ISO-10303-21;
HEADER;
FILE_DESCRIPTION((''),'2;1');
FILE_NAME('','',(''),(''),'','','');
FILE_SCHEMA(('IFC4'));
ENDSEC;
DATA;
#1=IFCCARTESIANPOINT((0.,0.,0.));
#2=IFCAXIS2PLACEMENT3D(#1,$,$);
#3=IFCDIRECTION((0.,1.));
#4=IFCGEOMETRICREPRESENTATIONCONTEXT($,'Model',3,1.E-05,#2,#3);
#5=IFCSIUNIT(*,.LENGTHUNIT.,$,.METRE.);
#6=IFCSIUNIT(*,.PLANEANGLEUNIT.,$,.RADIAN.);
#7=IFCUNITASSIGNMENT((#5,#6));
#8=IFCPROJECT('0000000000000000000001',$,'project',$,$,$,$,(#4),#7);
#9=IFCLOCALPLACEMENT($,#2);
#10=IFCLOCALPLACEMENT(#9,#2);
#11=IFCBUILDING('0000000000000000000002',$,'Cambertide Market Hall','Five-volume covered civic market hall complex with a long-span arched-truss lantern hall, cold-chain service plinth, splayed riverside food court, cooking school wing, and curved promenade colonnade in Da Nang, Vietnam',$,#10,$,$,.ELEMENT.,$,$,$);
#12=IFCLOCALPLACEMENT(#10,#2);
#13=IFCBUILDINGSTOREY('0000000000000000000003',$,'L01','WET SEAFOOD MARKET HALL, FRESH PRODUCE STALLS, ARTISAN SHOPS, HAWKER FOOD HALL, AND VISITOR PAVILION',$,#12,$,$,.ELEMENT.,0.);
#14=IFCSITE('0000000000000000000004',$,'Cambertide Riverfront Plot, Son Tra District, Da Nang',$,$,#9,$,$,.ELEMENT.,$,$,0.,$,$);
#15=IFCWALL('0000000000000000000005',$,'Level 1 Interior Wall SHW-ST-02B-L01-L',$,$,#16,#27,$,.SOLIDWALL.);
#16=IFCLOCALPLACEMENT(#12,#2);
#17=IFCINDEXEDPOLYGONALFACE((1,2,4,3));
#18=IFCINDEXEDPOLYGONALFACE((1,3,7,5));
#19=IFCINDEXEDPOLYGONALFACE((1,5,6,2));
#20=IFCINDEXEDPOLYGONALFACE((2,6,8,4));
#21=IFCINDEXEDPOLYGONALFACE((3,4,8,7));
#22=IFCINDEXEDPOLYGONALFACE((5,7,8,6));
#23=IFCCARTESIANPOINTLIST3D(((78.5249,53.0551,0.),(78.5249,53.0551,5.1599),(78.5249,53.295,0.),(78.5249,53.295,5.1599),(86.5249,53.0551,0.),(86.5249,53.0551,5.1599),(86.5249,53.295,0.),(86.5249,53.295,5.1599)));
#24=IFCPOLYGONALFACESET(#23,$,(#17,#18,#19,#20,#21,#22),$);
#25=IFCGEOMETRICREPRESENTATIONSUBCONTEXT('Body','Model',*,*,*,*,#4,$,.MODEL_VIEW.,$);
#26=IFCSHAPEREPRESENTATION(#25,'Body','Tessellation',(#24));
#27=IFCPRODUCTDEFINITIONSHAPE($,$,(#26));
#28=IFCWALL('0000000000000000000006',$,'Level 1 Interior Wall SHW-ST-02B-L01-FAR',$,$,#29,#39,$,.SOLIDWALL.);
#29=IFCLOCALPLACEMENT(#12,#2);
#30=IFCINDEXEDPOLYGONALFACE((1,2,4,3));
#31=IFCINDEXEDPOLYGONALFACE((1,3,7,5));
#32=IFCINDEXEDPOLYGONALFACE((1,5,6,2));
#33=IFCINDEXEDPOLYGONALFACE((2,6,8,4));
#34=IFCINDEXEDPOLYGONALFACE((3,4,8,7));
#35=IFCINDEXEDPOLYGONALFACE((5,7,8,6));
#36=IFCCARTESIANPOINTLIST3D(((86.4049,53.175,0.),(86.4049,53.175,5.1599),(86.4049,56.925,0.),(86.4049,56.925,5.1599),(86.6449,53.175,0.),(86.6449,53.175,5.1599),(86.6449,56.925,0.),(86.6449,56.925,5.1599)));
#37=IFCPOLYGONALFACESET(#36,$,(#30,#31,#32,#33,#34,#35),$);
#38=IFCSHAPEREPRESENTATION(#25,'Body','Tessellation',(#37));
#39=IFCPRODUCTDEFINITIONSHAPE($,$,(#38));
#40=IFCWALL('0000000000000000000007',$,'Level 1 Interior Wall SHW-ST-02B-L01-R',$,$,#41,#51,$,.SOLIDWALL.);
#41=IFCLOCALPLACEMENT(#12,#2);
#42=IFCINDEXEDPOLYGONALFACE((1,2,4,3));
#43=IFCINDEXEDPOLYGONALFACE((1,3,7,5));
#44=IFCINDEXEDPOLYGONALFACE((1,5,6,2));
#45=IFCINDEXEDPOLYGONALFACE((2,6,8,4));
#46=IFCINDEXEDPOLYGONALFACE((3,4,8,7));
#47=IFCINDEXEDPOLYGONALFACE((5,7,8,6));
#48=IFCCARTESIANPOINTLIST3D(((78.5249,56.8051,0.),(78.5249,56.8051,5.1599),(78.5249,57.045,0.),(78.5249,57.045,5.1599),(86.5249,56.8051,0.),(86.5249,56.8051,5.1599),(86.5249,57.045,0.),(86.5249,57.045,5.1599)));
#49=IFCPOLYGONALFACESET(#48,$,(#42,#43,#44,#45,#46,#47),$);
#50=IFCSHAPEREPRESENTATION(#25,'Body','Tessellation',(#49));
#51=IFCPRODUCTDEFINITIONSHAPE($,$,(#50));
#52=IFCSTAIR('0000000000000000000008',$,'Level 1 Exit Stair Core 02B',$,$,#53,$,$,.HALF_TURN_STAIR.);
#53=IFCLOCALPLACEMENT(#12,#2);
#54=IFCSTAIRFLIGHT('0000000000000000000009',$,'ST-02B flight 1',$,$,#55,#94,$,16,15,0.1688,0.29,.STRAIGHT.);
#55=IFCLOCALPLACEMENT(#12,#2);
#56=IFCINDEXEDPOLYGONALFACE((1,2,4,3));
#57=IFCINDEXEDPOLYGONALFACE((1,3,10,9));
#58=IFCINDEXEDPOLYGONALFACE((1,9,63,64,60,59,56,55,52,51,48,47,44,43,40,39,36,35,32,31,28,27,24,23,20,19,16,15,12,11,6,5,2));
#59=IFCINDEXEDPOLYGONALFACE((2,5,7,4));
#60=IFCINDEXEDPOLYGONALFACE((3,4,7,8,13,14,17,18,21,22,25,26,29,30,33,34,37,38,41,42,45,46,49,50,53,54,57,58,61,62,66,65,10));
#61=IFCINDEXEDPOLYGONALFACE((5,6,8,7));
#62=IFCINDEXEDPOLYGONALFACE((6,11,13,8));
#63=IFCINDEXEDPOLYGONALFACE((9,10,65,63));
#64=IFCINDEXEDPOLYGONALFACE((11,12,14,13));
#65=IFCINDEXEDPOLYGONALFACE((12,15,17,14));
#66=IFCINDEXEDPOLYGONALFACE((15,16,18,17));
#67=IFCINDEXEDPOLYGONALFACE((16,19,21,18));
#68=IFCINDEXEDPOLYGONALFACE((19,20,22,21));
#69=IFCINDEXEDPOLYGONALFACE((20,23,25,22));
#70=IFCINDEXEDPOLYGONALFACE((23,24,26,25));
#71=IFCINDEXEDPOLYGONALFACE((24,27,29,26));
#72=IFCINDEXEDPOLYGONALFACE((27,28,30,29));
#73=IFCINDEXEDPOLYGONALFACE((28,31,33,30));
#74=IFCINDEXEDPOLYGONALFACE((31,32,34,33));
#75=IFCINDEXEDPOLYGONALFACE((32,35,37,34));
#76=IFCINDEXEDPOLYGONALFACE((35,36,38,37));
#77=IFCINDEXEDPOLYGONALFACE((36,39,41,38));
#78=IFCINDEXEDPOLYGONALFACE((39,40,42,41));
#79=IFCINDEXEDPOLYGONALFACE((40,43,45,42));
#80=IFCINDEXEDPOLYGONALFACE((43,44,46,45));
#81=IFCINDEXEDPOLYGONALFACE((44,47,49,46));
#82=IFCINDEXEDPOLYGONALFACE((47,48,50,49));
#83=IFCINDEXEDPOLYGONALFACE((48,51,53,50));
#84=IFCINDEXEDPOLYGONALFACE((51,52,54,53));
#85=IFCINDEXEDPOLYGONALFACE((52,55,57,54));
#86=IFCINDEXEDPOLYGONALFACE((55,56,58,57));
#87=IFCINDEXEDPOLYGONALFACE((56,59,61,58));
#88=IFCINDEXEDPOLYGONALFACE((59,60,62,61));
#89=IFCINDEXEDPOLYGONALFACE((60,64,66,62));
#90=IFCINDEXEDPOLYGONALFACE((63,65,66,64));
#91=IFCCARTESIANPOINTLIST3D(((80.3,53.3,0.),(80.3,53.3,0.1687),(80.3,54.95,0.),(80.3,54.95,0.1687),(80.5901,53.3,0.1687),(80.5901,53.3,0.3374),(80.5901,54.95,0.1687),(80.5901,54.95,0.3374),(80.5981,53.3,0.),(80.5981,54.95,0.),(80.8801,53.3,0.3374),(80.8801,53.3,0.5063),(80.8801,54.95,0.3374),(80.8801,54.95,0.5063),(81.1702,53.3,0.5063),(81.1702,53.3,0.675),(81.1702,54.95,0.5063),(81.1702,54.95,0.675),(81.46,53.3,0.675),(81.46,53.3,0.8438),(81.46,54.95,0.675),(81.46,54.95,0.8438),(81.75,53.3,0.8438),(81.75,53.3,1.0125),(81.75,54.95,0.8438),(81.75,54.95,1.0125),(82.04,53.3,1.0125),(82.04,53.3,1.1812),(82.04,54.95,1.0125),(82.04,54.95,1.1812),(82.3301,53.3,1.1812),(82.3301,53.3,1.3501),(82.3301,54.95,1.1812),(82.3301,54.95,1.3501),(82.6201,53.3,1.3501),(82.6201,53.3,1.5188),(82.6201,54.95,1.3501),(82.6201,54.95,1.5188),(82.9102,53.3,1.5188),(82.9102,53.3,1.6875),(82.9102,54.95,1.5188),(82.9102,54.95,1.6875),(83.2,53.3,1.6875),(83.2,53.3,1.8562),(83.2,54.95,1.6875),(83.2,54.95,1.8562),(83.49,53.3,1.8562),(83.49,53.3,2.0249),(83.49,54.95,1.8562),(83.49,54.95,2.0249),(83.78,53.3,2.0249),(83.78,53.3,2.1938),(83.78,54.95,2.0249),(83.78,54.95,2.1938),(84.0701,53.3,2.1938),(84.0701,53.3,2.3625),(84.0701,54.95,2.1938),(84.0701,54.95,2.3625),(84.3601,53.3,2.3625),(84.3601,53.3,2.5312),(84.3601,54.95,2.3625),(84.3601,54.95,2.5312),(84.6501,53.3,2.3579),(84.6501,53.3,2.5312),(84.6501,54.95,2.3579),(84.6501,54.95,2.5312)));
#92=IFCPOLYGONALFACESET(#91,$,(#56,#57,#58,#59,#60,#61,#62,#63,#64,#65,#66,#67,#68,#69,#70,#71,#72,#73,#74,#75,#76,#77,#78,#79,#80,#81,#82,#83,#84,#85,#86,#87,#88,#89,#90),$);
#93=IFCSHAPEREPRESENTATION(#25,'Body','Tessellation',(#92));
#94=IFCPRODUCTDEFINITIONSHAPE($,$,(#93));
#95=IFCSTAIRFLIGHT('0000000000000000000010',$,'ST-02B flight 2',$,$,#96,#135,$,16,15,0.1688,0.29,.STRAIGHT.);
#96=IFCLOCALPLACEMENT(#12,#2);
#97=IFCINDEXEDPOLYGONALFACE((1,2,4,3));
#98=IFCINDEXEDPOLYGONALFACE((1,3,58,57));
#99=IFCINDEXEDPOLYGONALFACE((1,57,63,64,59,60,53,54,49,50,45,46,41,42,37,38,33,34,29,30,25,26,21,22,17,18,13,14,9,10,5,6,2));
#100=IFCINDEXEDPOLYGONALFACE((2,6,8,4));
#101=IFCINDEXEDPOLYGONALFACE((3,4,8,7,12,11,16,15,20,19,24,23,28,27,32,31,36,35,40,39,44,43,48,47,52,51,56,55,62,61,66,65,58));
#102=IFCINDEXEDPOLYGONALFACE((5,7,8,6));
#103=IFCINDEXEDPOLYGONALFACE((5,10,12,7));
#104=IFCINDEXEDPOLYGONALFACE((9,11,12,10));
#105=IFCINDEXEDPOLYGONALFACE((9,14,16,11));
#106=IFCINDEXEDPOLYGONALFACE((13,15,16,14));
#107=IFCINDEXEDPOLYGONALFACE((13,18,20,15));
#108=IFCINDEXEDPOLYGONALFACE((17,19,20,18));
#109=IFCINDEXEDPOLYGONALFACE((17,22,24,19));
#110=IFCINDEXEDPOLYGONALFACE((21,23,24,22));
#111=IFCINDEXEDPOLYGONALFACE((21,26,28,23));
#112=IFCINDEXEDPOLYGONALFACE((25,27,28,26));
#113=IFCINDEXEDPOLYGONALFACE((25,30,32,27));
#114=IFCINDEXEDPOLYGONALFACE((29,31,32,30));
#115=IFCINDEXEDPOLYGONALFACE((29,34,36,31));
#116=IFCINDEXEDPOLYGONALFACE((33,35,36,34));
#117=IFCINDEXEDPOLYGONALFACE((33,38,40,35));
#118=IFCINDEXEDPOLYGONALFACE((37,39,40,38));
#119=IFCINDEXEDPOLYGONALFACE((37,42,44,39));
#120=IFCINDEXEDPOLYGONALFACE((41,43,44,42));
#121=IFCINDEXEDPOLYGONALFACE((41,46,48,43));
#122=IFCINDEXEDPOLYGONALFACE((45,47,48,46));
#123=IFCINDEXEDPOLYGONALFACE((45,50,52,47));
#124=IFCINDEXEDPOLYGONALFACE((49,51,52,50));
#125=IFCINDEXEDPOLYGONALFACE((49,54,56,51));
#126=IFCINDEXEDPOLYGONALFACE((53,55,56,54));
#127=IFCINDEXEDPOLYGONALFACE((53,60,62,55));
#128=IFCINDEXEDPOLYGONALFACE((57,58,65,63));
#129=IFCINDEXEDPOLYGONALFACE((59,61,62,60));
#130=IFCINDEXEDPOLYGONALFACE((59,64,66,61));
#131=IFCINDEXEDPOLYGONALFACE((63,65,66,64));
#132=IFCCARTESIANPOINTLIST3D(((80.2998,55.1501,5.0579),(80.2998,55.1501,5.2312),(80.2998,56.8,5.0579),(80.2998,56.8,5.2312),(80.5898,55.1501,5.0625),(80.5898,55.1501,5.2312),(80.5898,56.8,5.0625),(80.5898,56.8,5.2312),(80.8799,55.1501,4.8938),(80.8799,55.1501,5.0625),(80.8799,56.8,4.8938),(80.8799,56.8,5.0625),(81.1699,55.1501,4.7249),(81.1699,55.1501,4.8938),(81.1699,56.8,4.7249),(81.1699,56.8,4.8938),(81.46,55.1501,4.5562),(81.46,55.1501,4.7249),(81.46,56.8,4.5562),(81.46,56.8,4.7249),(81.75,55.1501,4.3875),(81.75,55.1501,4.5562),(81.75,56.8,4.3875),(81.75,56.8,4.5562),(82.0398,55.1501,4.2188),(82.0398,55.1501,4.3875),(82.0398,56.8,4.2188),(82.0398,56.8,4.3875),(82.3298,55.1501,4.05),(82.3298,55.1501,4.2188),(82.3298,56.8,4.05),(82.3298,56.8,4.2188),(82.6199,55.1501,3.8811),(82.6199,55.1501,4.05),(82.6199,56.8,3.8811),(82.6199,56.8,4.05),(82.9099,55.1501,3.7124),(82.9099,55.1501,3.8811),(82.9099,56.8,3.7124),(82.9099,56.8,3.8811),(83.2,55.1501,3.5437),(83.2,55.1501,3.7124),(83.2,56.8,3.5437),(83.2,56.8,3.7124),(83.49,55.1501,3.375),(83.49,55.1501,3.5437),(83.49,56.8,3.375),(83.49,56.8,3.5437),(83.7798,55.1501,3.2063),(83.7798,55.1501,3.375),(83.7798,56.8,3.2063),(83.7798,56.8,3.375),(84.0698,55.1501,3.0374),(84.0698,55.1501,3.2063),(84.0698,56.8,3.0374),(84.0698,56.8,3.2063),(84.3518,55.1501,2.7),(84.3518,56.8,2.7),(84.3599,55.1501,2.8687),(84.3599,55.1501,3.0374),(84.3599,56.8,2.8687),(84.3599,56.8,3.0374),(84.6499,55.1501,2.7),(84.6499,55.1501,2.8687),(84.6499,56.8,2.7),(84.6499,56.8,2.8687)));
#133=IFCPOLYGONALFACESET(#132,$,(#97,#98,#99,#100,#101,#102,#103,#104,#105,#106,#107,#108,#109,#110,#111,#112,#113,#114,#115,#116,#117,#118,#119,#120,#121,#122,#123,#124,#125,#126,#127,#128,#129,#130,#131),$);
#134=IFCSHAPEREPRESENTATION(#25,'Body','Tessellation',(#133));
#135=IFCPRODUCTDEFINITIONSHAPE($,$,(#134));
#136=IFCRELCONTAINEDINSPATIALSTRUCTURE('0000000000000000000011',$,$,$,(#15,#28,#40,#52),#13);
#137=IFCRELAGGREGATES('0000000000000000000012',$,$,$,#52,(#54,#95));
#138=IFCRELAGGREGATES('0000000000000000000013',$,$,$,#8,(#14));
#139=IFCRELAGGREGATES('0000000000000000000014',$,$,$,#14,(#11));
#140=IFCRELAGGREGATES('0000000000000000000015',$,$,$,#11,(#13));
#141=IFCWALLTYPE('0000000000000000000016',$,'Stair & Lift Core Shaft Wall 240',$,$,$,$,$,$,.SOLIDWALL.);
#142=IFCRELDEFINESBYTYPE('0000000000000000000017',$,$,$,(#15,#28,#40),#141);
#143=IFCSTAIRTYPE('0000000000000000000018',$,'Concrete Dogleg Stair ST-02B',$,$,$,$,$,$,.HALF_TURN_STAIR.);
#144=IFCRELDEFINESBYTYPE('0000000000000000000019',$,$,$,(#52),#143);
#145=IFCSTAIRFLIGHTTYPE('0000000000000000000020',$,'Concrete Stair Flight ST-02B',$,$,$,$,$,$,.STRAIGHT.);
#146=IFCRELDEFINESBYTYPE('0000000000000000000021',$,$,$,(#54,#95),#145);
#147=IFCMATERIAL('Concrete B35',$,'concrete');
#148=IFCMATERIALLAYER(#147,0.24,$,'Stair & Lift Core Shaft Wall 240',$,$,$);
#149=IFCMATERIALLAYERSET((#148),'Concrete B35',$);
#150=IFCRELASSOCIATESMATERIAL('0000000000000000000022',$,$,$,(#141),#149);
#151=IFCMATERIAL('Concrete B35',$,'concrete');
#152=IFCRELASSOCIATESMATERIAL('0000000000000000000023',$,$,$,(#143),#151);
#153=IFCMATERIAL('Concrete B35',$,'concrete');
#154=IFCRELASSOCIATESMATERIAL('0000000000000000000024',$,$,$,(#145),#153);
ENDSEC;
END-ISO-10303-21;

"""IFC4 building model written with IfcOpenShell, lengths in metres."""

from ifc_helpers import new_model, si_unit, direction, frame, frame_2d, origin, place, context, subcontext, project, spatial, polyline, rectangle, outline, extrude, material, layer, layer_set, type_object, element, aggregate, save


model = new_model("IFC4")

# Units and contexts
model_context = context("Model", 3, precision=1e-05, world=origin(), true_north=direction((0.0, 1.0)))
body_context = subcontext(model_context, "Body", "Model", "MODEL_VIEW")
ifc_project = project(units=[si_unit("LENGTHUNIT", "METRE"), si_unit("PLANEANGLEUNIT", "RADIAN")], contexts=[model_context])

# Site, building, storey
site_placement = place(None, origin())
site = spatial("IfcSite", under=ifc_project, at=site_placement, Name="Cambertide Riverfront Plot, Son Tra District, Da Nang", CompositionType="ELEMENT", RefElevation=0.0)
building_placement = place(site_placement, origin())
building = spatial("IfcBuilding", under=site, at=building_placement, Name="Cambertide Market Hall", Description="Five-volume covered civic market hall complex with a long-span arched-truss lantern hall, cold-chain service plinth, splayed riverside food court, cooking school wing, and curved promenade colonnade in Da Nang, Vietnam", CompositionType="ELEMENT")
storey_placement = place(building_placement, origin())
storey = spatial("IfcBuildingStorey", under=building, at=storey_placement, Name="L01", Description="WET SEAFOOD MARKET HALL, FRESH PRODUCE STALLS, ARTISAN SHOPS, HAWKER FOOD HALL, AND VISITOR PAVILION", CompositionType="ELEMENT", Elevation=0.0)

# Walls
ifc_material_1 = material(Name="Concrete B35", Category="concrete")
ifc_layer_1 = layer(ifc_material_1, 0.24, Name="Stair & Lift Core Shaft Wall 240")
ifc_layer_set_1 = layer_set([ifc_layer_1], Name="Concrete B35")
wall_type = type_object("IfcWallType", Name="Stair & Lift Core Shaft Wall 240", PredefinedType="SOLIDWALL", material=ifc_layer_set_1)
wall_1_placement = place(storey_placement, frame((86.5249, 53.175, 0.0), z_axis=(0.0, 0.0, 1.0), x_axis=(-1.0, 0.0, 0.0)))
element("IfcWall", 1, at=wall_1_placement, inside=storey, type_object=wall_type, Name="Level 1 Interior Wall SHW-ST-02B-L01-L", PredefinedType="SOLIDWALL", context=body_context, shape_type="SweptSolid", body=[
    extrude(rectangle(XDim=8.0, YDim=0.24, at=frame_2d((4.0, 0.0))), origin(), (0.0, 0.0, 1.0), 5.1599),
])
wall_2_placement = place(storey_placement, frame((86.5249, 56.925, 0.0), z_axis=(0.0, 0.0, 1.0), x_axis=(0.0, -1.0, 0.0)))
element("IfcWall", 2, at=wall_2_placement, inside=storey, type_object=wall_type, Name="Level 1 Interior Wall SHW-ST-02B-L01-FAR", PredefinedType="SOLIDWALL", context=body_context, shape_type="SweptSolid", body=[
    extrude(rectangle(XDim=3.75, YDim=0.24, at=frame_2d((1.875, 0.0))), origin(), (0.0, 0.0, 1.0), 5.1599),
])
wall_3_placement = place(storey_placement, frame((78.5249, 56.925, 0.0), z_axis=(0.0, 0.0, 1.0), x_axis=(1.0, 0.0, 0.0)))
element("IfcWall", 3, at=wall_3_placement, inside=storey, type_object=wall_type, Name="Level 1 Interior Wall SHW-ST-02B-L01-R", PredefinedType="SOLIDWALL", context=body_context, shape_type="SweptSolid", body=[
    extrude(rectangle(XDim=8.0, YDim=0.24, at=frame_2d((4.0, 0.0))), origin(), (0.0, 0.0, 1.0), 5.1599),
])

# Stair, stair flights
ifc_material_2 = material(Name="Concrete B35", Category="concrete")
stair_type = type_object("IfcStairType", Name="Concrete Dogleg Stair ST-02B", PredefinedType="HALF_TURN_STAIR", material=ifc_material_2)
stair_placement = place(storey_placement, origin())
stair = element("IfcStair", 4, at=stair_placement, inside=storey, type_object=stair_type, Name="Level 1 Exit Stair Core 02B", PredefinedType="HALF_TURN_STAIR")
ifc_material_3 = material(Name="Concrete B35", Category="concrete")
stair_flight_type = type_object("IfcStairFlightType", Name="Concrete Stair Flight ST-02B", PredefinedType="STRAIGHT", material=ifc_material_3)
stair_flight_1_placement = place(storey_placement, frame((80.3, 54.125, 0.0), z_axis=(0.0, 0.0, 1.0), x_axis=(1.0, 0.0, 0.0)))
stair_flight_1 = element("IfcStairFlight", 5, at=stair_flight_1_placement, type_object=stair_flight_type, Name="ST-02B flight 1", NumberOfRisers=16, NumberOfTreads=15, PredefinedType="STRAIGHT", RiserHeight=0.1688, TreadLength=0.29, context=body_context, shape_type="SweptSolid", body=[
    extrude(outline(polyline([(0.0, 0.0), (0.0, 0.1687), (0.29, 0.1687), (0.29, 0.3374), (0.5801, 0.3374), (0.5801, 0.5063), (0.8701, 0.5063), (0.8701, 0.675), (1.1599, 0.675), (1.1599, 0.8438), (1.45, 0.8438), (1.45, 1.0125), (1.74, 1.0125), (1.74, 1.1812), (2.03, 1.1812), (2.03, 1.3501), (2.3201, 1.3501), (2.3201, 1.5188), (2.6101, 1.5188), (2.6101, 1.6875), (2.8999, 1.6875), (2.8999, 1.8562), (3.1899, 1.8562), (3.1899, 2.0249), (3.48, 2.0249), (3.48, 2.1938), (3.77, 2.1938), (3.77, 2.3625), (4.0601, 2.3625), (4.0601, 2.5312), (4.3501, 2.5312), (4.3501, 2.7), (4.3501, 2.3579), (0.2981, 0.0), (0.0, 0.0)])), frame((0.0, 0.825, 0.0), z_axis=(0.0, -1.0, 0.0), x_axis=(1.0, 0.0, 0.0)), (0.0, 0.0, 1.0), 1.6499),
])
stair_flight_2_placement = place(storey_placement, frame((84.6499, 55.9751, 2.7), z_axis=(0.0, 0.0, 1.0), x_axis=(-1.0, 0.0, 0.0)))
stair_flight_2 = element("IfcStairFlight", 6, at=stair_flight_2_placement, type_object=stair_flight_type, Name="ST-02B flight 2", NumberOfRisers=16, NumberOfTreads=15, PredefinedType="STRAIGHT", RiserHeight=0.1688, TreadLength=0.29, context=body_context, shape_type="SweptSolid", body=[
    extrude(outline(polyline([(0.0, 0.0), (0.0, 0.1687), (0.29, 0.1687), (0.29, 0.3374), (0.5801, 0.3374), (0.5801, 0.5063), (0.8701, 0.5063), (0.8701, 0.675), (1.1599, 0.675), (1.1599, 0.8438), (1.45, 0.8438), (1.45, 1.0125), (1.74, 1.0125), (1.74, 1.1812), (2.03, 1.1812), (2.03, 1.3501), (2.3201, 1.3501), (2.3201, 1.5188), (2.6101, 1.5188), (2.6101, 1.6875), (2.8999, 1.6875), (2.8999, 1.8562), (3.1899, 1.8562), (3.1899, 2.0249), (3.48, 2.0249), (3.48, 2.1938), (3.77, 2.1938), (3.77, 2.3625), (4.0601, 2.3625), (4.0601, 2.5312), (4.3501, 2.5312), (4.3501, 2.7), (4.3501, 2.3579), (0.2981, 0.0), (0.0, 0.0)])), frame((0.0, 0.825, 0.0), z_axis=(0.0, -1.0, 0.0), x_axis=(1.0, 0.0, 0.0)), (0.0, 0.0, 1.0), 1.6499),
])
aggregate(stair, [stair_flight_1, stair_flight_2])

save(model, "model.ifc")
